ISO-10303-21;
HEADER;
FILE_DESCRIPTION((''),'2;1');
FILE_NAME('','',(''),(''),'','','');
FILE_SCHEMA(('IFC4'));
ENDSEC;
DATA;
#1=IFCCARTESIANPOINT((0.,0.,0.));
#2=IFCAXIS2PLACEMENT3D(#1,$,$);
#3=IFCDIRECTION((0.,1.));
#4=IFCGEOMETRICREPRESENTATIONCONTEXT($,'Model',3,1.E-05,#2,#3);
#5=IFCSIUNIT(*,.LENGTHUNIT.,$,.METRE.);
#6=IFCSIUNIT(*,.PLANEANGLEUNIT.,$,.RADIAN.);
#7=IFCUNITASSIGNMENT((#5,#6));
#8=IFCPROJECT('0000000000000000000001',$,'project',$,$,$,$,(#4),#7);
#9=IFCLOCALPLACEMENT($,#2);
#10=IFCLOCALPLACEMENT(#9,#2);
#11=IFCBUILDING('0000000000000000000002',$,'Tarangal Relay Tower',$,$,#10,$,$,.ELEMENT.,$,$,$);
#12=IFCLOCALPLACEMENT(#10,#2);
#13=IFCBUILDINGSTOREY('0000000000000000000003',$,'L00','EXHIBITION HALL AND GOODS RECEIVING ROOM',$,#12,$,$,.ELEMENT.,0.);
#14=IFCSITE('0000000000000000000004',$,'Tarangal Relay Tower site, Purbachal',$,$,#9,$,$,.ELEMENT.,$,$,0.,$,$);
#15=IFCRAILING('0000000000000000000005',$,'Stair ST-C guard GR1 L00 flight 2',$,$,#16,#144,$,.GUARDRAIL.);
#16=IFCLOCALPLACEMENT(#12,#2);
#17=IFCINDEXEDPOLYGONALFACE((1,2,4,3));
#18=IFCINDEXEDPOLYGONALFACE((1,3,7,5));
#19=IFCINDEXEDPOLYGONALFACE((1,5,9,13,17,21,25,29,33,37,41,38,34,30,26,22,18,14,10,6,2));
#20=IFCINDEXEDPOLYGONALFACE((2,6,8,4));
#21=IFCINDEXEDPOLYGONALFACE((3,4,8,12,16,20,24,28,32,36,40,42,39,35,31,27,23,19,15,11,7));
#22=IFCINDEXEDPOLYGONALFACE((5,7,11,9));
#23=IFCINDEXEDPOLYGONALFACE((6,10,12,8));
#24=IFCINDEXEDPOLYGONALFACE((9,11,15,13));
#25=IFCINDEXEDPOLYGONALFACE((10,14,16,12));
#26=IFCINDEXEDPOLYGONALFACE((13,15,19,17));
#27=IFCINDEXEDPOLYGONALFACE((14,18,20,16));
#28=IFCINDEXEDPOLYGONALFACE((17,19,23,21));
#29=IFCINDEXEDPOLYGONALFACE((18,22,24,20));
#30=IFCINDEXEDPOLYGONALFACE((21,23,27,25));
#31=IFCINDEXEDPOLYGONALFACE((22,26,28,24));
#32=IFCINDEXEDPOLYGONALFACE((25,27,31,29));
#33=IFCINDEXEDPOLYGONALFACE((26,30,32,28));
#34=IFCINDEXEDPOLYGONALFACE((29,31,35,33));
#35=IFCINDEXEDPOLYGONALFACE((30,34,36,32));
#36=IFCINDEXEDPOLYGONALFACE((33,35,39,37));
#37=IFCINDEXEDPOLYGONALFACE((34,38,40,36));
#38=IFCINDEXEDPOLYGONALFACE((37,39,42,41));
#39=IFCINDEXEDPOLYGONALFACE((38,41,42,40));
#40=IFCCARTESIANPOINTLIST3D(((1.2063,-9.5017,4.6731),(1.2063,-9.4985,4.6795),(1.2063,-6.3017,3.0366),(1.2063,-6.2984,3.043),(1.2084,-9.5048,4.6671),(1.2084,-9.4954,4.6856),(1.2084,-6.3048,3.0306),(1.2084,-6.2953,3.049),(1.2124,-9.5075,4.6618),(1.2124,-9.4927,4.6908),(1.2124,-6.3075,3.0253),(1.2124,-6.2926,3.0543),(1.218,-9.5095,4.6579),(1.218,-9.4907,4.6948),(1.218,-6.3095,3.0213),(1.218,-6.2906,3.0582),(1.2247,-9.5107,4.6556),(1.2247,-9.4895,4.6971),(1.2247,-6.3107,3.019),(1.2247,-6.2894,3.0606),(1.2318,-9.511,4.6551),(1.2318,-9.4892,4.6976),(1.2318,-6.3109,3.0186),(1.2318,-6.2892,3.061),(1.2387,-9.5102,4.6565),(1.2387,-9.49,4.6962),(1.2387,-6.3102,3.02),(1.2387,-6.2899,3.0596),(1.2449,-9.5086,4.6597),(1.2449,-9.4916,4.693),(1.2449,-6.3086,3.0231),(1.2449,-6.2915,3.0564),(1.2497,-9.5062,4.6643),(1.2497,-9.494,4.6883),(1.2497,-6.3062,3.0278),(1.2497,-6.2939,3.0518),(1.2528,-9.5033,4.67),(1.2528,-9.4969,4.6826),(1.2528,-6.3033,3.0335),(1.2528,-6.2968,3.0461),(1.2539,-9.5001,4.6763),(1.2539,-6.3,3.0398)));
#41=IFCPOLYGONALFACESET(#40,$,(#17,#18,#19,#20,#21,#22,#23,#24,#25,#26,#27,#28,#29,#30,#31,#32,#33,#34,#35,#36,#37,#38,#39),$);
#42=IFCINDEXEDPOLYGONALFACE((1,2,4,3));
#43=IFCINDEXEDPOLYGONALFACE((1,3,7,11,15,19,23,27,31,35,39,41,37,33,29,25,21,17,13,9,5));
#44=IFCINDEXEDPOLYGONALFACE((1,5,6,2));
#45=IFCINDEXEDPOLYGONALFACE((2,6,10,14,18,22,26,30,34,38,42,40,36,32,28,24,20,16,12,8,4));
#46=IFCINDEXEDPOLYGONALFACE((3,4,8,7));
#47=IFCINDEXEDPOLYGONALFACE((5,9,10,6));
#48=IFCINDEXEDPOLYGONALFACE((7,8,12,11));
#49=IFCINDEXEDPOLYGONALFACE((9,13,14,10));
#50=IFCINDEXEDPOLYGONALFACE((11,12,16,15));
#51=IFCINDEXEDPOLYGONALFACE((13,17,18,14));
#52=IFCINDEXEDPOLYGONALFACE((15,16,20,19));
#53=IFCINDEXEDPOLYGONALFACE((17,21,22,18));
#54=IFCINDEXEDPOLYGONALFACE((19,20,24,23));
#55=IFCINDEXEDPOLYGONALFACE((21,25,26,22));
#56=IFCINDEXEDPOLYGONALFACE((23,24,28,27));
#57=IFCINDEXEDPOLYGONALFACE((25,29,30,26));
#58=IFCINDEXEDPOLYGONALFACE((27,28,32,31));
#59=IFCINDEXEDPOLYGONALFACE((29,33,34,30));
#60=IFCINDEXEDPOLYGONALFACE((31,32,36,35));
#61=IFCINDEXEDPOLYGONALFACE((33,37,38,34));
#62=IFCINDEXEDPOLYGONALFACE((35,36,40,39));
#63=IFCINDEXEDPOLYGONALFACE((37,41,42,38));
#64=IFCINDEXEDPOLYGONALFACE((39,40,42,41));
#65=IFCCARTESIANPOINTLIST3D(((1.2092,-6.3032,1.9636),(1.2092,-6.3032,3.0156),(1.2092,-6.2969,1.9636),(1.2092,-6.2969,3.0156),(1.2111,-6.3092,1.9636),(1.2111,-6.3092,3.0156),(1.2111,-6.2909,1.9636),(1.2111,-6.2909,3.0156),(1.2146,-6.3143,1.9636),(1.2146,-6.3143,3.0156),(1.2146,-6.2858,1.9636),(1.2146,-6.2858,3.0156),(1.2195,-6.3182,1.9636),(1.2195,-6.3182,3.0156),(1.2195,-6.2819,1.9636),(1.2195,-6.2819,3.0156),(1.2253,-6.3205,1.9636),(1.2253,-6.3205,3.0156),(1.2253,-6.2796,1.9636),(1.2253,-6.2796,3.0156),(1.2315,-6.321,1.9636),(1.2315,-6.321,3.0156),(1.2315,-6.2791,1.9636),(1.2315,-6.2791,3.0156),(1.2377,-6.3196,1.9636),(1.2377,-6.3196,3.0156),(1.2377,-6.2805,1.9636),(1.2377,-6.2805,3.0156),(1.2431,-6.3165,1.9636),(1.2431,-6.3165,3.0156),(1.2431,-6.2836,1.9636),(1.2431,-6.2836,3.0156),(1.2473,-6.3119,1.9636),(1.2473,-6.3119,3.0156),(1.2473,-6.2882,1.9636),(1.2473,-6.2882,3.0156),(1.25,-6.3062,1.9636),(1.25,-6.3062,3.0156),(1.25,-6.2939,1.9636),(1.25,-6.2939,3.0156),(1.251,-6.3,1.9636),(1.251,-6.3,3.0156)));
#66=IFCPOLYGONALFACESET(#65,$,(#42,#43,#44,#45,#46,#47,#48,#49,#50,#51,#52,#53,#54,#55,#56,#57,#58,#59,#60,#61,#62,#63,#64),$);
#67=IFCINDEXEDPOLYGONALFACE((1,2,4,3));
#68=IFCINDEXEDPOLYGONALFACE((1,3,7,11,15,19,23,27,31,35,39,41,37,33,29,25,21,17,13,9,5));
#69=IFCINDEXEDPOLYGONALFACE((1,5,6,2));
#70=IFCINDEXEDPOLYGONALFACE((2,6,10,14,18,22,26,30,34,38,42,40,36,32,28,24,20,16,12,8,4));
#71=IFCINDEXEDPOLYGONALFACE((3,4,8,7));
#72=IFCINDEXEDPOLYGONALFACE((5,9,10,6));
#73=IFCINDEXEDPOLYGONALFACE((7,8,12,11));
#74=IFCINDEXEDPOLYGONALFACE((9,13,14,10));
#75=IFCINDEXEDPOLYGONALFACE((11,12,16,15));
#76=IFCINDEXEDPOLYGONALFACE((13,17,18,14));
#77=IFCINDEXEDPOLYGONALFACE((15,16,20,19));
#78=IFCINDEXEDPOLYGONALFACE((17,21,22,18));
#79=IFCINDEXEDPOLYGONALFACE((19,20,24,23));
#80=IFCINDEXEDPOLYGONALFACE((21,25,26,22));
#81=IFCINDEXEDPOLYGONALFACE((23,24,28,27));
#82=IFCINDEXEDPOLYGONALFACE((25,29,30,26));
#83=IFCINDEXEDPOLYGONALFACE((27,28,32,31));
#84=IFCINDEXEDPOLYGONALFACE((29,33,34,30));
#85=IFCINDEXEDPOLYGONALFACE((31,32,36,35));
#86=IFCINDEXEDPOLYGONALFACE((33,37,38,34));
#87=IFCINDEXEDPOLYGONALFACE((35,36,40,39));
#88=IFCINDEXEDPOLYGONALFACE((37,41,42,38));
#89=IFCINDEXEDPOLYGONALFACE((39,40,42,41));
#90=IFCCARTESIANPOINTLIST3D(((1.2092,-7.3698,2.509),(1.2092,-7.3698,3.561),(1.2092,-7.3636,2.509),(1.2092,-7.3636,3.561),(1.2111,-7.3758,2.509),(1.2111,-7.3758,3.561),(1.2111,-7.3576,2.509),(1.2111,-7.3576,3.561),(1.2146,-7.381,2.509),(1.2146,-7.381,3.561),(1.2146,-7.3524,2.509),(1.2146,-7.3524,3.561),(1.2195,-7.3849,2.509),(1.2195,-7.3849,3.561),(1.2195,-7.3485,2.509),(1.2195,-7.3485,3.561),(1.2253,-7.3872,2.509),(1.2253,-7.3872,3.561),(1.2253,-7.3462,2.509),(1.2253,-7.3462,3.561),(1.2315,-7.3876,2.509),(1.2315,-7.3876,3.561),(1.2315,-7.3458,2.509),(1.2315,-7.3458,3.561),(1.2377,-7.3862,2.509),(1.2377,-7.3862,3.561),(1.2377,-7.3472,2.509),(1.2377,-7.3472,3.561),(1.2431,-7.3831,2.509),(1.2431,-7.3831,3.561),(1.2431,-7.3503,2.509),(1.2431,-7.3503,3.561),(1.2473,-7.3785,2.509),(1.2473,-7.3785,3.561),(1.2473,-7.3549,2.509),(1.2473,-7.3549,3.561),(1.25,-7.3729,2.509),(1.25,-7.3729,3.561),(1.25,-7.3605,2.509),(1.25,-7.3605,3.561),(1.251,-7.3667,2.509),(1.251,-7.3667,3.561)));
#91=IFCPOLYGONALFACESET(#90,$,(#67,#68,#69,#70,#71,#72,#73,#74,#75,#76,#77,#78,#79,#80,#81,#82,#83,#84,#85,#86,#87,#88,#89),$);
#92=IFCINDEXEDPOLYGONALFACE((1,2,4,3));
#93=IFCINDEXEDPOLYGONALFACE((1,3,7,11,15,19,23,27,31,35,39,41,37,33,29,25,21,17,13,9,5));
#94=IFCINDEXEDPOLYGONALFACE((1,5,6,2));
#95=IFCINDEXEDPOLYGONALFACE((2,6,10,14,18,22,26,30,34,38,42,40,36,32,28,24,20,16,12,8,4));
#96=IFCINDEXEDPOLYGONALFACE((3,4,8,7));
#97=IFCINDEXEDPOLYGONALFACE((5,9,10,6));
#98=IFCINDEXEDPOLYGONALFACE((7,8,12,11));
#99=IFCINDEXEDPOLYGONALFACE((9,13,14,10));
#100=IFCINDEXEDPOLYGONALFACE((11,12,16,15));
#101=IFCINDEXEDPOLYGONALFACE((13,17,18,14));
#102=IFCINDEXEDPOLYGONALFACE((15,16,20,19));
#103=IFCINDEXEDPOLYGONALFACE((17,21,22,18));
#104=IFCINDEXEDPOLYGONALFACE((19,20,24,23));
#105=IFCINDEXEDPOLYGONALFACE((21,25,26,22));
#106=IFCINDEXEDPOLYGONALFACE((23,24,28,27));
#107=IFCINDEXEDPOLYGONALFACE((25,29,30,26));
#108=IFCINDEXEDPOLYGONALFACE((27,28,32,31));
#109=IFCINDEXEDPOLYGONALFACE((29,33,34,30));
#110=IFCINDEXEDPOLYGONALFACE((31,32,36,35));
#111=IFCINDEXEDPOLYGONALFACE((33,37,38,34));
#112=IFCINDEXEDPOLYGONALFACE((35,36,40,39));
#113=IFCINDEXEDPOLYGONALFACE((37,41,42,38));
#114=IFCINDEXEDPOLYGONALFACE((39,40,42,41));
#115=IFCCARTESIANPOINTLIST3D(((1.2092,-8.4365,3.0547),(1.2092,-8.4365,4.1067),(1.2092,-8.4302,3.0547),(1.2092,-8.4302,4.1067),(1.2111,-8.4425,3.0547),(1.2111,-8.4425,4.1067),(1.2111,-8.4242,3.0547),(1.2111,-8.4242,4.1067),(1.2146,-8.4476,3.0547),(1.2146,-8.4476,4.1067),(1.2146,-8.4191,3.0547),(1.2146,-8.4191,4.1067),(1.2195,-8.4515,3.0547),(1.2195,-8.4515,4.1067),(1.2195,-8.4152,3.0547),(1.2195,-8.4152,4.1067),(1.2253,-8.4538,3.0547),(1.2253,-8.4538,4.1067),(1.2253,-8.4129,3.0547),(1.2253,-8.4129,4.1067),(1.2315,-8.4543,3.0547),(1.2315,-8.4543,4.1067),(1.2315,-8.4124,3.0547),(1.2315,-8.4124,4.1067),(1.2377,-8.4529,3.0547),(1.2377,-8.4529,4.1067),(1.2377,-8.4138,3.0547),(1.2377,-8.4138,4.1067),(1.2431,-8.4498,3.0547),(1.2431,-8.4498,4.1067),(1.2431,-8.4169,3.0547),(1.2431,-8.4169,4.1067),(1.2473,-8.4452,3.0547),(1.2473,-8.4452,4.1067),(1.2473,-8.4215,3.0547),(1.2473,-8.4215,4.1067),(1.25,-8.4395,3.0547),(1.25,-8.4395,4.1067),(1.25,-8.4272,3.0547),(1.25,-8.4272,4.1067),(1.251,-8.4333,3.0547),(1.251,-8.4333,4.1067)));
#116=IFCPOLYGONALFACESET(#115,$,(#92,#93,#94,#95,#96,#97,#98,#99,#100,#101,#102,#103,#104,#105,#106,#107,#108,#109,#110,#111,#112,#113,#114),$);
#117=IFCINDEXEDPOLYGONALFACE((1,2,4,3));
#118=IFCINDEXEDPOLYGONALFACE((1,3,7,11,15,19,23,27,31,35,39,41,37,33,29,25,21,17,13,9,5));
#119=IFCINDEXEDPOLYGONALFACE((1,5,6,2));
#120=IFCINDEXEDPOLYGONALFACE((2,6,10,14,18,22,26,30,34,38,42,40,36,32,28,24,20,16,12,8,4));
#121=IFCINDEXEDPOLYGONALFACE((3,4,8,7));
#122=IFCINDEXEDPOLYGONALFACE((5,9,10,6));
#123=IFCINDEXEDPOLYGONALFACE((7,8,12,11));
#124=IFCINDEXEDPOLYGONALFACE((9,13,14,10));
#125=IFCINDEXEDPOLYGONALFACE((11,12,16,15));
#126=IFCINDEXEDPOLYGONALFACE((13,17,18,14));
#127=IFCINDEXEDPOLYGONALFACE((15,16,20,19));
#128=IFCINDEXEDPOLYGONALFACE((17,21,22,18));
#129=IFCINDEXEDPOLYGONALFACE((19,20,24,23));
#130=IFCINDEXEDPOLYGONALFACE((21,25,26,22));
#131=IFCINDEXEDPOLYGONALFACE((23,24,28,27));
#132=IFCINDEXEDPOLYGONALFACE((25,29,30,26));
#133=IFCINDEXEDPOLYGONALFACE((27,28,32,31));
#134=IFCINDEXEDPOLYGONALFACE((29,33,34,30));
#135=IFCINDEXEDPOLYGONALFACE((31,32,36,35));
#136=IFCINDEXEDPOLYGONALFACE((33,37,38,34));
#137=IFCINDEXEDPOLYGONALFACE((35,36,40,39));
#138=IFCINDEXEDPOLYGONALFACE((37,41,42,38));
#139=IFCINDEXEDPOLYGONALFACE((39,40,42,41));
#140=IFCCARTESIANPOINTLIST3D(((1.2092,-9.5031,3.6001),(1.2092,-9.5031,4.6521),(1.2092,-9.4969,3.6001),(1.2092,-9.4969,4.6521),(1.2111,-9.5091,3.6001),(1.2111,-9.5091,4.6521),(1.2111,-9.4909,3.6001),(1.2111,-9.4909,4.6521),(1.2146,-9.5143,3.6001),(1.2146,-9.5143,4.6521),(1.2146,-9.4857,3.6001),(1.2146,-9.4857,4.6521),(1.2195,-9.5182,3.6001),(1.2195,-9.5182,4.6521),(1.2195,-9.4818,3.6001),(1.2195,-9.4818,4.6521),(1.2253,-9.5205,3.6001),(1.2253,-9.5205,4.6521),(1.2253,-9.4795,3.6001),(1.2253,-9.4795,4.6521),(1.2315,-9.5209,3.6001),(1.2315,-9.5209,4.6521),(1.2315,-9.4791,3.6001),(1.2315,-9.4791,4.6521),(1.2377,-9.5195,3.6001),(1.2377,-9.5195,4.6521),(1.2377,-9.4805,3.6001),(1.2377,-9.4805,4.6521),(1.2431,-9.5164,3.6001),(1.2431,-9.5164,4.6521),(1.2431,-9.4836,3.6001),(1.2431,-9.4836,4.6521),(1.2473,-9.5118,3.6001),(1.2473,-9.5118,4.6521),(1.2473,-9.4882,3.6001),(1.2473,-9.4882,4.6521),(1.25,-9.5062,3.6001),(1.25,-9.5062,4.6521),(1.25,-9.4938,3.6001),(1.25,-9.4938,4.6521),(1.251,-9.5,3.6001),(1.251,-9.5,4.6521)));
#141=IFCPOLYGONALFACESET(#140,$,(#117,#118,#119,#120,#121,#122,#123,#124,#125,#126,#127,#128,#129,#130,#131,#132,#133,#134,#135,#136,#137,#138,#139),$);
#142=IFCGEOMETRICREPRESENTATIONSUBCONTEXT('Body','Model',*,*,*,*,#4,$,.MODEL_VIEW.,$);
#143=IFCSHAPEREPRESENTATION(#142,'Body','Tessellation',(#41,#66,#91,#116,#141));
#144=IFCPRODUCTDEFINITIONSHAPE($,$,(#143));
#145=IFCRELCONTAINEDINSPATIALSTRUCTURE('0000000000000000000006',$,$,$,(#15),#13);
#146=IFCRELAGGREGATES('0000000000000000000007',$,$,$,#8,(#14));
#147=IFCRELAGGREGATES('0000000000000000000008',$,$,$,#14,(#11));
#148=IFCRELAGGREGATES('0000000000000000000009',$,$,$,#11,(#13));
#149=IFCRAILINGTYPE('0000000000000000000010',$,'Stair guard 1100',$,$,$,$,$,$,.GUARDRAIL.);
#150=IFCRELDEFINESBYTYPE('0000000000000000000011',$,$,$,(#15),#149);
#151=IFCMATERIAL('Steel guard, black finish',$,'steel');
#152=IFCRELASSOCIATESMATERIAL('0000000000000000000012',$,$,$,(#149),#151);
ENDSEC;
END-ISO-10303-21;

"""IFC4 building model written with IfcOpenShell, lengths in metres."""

from ifc_helpers import new_model, si_unit, direction, frame, origin, origin_2d, place, context, subcontext, project, spatial, circle, extrude, material, type_object, element, save


model = new_model("IFC4")

# Units and contexts
model_context = context("Model", 3, precision=1e-05, world=origin(), true_north=direction((0.0, 1.0)))
body_context = subcontext(model_context, "Body", "Model", "MODEL_VIEW")
ifc_project = project(units=[si_unit("LENGTHUNIT", "METRE"), si_unit("PLANEANGLEUNIT", "RADIAN")], contexts=[model_context])

# Site, building, storey
site_placement = place(None, origin())
site = spatial("IfcSite", under=ifc_project, at=site_placement, Name="Tarangal Relay Tower site, Purbachal", CompositionType="ELEMENT", RefElevation=0.0)
building_placement = place(site_placement, origin())
building = spatial("IfcBuilding", under=site, at=building_placement, Name="Tarangal Relay Tower", CompositionType="ELEMENT")
storey_placement = place(building_placement, origin())
storey = spatial("IfcBuildingStorey", under=building, at=storey_placement, Name="L00", Description="EXHIBITION HALL AND GOODS RECEIVING ROOM", CompositionType="ELEMENT", Elevation=0.0)

# Railing
ifc_material_1 = material(Name="Steel guard, black finish", Category="steel")
railing_type = type_object("IfcRailingType", Name="Stair guard 1100", PredefinedType="GUARDRAIL", material=ifc_material_1)
railing_1_placement = place(storey_placement, frame((1.23, -6.3, 1.9636)))
element("IfcRailing", 1, at=railing_1_placement, inside=storey, type_object=railing_type, Name="Stair ST-C guard GR1 L00 flight 2", PredefinedType="GUARDRAIL", context=body_context, shape_type="SweptSolid", body=[
    extrude(circle(Radius=0.0239, at=origin_2d()), frame((0.0, 0.0, 1.0762), z_axis=(0.0, -0.890328, 0.455319), x_axis=(1.0, 0.0, 0.0)), (0.0, 0.0, 1.0), 3.5942),
    extrude(circle(Radius=0.021, at=origin_2d()), origin(), (0.0, 0.0, 1.0), 1.052),
    extrude(circle(Radius=0.021, at=origin_2d()), frame((0.0, -1.0667, 0.5454)), (0.0, 0.0, 1.0), 1.052),
    extrude(circle(Radius=0.021, at=origin_2d()), frame((0.0, -2.1333, 1.0911)), (0.0, 0.0, 1.0), 1.052),
    extrude(circle(Radius=0.021, at=origin_2d()), frame((0.0, -3.2, 1.6365)), (0.0, 0.0, 1.0), 1.052),
])

save(model, "model.ifc")
